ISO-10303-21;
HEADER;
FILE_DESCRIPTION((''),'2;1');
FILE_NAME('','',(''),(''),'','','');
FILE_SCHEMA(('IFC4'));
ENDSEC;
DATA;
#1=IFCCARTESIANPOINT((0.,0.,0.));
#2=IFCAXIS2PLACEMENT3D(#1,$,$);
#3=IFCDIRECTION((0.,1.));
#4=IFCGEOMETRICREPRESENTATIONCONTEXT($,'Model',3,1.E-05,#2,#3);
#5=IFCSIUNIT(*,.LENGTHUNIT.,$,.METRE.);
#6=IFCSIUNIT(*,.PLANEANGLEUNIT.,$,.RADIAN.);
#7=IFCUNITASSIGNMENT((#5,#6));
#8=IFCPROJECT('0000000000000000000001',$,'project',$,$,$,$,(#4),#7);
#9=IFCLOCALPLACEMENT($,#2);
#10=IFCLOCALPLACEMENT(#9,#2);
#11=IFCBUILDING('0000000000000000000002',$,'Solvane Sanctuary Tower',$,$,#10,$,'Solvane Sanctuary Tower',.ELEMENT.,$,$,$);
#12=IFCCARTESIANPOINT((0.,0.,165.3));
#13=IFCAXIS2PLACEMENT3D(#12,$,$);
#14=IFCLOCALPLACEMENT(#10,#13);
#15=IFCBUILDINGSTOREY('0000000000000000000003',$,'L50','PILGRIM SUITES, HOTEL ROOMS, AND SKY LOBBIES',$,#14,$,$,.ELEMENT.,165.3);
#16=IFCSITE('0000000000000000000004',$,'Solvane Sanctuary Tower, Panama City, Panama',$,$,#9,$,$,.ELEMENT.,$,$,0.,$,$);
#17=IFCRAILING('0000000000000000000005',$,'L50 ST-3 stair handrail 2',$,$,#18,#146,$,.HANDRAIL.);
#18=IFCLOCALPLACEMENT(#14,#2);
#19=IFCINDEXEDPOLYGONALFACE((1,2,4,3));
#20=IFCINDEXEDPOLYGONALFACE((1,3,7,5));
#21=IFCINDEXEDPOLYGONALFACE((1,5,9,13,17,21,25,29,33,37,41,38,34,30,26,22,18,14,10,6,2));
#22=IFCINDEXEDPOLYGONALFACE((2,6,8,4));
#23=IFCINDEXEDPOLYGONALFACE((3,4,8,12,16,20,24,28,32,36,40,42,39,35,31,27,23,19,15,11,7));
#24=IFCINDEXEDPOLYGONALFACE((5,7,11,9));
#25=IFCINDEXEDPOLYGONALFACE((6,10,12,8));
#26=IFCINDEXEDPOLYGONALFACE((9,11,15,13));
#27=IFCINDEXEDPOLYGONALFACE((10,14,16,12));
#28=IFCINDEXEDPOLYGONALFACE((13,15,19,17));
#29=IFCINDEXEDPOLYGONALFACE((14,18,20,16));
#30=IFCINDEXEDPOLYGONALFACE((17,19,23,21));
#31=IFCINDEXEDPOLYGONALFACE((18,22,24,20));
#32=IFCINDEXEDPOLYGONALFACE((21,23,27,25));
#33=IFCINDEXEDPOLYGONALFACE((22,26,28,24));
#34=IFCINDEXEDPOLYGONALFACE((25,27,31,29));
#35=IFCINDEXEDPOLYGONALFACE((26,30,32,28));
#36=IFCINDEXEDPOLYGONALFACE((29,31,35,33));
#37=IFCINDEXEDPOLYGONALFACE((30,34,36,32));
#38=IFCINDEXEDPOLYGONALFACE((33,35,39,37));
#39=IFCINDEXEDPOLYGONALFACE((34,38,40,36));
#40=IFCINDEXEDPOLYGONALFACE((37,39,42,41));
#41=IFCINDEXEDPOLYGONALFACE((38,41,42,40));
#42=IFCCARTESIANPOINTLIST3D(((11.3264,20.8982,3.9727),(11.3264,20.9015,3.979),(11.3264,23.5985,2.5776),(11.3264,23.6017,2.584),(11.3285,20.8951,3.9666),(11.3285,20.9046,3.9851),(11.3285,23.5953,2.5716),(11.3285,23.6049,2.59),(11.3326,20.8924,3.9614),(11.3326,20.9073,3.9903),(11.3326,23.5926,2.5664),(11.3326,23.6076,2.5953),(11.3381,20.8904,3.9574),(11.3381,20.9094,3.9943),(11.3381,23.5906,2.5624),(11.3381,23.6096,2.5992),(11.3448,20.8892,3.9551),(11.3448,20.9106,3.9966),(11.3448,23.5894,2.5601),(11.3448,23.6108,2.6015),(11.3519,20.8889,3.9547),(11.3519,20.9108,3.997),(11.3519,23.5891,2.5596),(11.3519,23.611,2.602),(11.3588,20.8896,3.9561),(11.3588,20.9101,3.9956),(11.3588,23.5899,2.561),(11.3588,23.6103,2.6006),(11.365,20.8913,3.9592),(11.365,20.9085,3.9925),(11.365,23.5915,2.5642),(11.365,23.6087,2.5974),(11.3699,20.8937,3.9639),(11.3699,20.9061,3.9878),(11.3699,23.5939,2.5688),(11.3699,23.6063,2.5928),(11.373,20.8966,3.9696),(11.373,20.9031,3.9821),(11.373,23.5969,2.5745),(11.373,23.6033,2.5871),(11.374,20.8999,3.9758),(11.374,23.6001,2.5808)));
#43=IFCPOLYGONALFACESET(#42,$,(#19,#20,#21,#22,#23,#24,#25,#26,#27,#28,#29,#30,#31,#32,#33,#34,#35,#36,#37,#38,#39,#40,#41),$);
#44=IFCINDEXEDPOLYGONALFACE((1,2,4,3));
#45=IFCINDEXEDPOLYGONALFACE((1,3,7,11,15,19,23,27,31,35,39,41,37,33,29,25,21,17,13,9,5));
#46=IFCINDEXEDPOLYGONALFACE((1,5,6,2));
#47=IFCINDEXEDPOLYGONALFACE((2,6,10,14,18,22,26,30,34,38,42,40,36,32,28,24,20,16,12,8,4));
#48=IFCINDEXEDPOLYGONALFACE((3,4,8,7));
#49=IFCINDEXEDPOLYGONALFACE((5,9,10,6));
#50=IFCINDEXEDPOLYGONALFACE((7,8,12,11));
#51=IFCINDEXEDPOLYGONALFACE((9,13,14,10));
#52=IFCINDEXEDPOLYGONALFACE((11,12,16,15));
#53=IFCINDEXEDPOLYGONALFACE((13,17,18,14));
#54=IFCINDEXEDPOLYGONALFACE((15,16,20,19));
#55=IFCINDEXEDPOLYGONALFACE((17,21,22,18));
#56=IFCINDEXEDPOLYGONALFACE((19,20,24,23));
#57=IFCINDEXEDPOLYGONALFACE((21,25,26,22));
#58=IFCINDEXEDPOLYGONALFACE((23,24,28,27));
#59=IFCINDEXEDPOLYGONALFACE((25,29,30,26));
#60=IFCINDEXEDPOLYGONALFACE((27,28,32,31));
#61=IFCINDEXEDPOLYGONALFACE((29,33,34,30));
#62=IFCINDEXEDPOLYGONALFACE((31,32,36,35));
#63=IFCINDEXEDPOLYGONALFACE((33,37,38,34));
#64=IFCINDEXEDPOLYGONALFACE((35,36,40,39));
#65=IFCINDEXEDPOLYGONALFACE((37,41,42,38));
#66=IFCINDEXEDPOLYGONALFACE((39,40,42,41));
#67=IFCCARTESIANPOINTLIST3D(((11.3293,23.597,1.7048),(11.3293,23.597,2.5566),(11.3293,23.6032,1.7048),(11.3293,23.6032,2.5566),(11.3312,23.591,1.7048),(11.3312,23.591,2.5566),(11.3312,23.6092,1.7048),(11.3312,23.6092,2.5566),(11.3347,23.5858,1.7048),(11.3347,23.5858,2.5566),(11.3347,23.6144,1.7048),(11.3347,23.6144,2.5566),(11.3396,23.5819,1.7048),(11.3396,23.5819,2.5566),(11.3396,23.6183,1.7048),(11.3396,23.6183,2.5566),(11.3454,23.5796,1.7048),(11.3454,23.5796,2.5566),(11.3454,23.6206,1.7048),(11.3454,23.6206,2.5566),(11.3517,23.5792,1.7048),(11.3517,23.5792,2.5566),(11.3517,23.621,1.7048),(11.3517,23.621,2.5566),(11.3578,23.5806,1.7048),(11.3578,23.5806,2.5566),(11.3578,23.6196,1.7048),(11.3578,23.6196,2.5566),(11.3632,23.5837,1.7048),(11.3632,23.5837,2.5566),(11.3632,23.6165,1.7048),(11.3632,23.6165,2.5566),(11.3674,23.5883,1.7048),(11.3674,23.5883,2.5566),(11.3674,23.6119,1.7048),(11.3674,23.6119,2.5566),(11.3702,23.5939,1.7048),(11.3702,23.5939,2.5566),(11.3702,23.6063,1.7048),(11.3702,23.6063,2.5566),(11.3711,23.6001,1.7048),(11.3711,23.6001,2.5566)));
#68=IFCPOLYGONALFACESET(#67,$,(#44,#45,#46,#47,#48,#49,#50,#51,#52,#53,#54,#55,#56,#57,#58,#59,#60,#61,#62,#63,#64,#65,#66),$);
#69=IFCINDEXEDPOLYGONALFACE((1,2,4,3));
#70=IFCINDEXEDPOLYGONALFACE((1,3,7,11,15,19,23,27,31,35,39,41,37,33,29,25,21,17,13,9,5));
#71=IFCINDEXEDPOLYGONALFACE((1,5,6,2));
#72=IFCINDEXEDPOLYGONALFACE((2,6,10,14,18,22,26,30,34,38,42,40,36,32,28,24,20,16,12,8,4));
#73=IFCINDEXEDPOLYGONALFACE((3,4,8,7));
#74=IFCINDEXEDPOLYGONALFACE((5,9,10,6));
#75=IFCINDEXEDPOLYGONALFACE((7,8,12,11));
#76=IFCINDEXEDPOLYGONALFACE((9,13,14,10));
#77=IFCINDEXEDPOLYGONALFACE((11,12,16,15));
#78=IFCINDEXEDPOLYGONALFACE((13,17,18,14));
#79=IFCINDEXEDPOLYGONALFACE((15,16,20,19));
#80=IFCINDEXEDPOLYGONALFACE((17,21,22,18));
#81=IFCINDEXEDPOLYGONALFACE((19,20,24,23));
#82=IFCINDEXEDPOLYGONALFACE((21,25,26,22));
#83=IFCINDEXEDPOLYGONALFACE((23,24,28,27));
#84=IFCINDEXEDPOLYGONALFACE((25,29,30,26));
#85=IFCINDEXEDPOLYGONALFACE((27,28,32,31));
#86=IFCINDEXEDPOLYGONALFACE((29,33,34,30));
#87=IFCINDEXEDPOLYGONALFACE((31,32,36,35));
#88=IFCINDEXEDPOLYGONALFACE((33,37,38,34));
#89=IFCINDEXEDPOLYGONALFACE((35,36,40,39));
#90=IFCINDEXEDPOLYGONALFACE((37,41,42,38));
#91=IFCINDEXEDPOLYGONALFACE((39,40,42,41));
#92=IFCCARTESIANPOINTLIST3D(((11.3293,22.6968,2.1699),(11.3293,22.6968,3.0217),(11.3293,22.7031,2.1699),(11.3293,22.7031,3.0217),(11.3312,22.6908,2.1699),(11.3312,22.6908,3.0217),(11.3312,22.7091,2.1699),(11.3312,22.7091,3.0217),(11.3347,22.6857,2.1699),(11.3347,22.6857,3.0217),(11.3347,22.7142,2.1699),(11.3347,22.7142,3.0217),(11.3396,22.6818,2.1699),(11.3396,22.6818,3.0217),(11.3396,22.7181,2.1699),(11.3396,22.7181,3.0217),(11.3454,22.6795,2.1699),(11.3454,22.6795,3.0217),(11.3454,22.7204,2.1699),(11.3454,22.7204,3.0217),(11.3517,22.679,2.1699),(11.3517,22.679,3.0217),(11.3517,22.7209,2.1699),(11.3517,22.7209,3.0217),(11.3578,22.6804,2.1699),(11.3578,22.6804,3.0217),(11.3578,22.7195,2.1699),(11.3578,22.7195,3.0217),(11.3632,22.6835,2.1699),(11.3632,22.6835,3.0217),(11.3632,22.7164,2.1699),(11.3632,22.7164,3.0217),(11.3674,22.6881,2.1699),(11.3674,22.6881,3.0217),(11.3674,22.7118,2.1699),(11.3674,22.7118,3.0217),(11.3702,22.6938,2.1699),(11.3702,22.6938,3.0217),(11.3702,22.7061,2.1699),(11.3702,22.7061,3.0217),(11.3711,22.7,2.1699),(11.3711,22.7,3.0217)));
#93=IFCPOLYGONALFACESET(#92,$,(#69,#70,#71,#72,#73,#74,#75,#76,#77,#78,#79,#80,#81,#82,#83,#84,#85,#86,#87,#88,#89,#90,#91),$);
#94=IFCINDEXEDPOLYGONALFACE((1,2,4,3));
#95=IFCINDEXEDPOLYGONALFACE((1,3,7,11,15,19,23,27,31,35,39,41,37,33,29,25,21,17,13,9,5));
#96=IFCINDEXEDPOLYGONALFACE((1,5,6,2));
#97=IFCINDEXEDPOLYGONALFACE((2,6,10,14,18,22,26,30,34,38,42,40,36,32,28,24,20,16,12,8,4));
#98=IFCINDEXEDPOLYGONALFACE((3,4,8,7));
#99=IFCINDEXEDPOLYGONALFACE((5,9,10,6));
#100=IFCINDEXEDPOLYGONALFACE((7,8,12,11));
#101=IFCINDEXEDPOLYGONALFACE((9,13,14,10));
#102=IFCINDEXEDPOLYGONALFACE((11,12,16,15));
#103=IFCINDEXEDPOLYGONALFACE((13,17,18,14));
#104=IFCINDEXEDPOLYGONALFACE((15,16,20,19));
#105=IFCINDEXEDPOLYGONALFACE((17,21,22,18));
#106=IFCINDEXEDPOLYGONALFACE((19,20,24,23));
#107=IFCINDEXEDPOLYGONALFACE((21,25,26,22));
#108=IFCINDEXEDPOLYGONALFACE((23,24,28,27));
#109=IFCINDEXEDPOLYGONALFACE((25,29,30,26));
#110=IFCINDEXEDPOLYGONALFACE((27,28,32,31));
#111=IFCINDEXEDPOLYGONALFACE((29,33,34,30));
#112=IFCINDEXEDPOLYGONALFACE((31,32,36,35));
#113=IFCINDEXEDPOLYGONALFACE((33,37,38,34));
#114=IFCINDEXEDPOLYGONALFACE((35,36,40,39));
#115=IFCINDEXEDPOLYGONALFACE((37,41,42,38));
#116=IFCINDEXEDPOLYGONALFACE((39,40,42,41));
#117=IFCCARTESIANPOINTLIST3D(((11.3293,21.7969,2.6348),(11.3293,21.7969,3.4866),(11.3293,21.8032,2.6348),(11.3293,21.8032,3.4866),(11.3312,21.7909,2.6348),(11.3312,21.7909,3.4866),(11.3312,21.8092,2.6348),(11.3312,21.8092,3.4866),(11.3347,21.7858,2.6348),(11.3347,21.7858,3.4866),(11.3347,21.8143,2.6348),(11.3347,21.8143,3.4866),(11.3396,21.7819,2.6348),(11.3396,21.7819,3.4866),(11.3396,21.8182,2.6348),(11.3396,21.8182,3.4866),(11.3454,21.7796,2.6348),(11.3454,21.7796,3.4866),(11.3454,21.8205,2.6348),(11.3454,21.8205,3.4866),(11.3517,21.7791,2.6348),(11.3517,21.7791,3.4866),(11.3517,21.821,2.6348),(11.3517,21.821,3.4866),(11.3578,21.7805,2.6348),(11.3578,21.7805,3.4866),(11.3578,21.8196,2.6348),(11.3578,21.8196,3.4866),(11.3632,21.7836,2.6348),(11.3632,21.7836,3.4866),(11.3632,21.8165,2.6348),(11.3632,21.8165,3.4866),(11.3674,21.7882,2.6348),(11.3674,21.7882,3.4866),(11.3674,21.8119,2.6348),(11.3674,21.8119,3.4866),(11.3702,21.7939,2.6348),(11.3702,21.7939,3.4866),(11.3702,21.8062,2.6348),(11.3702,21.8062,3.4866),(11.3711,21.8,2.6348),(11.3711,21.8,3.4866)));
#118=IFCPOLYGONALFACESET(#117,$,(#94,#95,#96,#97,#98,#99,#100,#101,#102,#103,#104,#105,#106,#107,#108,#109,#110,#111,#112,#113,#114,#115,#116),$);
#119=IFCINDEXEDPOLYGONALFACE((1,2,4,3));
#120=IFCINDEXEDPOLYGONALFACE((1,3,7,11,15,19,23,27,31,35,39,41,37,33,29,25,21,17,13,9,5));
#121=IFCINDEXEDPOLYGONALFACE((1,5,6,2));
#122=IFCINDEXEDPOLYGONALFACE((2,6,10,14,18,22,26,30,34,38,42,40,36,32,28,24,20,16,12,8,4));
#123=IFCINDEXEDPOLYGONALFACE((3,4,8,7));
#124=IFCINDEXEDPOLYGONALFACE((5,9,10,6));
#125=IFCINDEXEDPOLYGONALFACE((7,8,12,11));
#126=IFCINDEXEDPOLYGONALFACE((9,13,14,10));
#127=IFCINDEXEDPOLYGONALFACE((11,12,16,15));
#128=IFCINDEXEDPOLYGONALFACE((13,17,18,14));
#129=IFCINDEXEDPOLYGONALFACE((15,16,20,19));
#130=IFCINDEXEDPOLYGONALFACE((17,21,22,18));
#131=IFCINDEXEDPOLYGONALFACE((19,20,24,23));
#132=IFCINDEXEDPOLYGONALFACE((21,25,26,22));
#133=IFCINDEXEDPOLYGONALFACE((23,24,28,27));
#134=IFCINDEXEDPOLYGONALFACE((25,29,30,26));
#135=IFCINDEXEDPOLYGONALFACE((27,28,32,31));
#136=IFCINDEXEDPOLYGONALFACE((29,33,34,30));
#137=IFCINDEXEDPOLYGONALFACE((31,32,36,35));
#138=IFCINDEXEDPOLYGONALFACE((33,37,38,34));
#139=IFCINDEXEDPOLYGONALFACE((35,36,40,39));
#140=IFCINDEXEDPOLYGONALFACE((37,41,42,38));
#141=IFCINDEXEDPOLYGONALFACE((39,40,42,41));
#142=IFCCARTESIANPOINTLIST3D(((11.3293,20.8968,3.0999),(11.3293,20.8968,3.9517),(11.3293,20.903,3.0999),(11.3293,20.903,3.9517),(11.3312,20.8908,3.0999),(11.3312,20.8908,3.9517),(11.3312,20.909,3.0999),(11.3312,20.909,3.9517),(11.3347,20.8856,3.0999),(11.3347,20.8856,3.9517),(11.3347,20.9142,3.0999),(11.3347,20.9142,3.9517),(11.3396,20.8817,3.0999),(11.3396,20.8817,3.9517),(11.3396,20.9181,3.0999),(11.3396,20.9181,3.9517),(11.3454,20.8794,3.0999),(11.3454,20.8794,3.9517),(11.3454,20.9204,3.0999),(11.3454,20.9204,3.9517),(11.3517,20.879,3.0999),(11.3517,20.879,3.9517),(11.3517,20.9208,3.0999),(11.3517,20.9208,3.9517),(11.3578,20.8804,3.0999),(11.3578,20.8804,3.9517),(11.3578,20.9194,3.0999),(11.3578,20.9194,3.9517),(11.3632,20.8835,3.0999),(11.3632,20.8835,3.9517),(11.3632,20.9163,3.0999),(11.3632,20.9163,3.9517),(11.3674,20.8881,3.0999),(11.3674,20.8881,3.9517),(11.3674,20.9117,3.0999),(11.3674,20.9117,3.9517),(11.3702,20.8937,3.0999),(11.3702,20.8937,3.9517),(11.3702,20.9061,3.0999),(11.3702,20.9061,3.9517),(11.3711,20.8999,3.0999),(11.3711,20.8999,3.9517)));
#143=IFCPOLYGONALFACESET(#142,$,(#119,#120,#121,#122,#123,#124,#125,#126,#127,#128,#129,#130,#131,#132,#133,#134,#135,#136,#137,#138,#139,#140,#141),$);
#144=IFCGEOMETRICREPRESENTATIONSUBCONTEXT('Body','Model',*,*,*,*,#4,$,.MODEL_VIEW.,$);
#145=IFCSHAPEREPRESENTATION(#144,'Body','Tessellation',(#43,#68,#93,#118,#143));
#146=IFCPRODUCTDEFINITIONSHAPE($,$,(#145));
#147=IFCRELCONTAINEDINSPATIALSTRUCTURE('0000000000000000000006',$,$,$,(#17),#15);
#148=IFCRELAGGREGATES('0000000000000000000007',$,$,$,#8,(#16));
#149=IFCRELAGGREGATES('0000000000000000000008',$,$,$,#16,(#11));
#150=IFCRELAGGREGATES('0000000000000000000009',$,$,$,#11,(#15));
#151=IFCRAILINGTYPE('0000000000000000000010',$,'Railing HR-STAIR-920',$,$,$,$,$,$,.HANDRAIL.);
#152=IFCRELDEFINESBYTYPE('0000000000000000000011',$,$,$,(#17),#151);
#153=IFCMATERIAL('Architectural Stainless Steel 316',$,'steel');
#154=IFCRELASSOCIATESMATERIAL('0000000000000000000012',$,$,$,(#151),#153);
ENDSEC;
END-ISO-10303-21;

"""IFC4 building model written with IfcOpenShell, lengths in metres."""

from ifc_helpers import new_model, si_unit, direction, frame, origin, origin_2d, place, context, subcontext, project, spatial, circle, extrude, material, type_object, element, save


model = new_model("IFC4")

# Units and contexts
model_context = context("Model", 3, precision=1e-05, world=origin(), true_north=direction((0.0, 1.0)))
body_context = subcontext(model_context, "Body", "Model", "MODEL_VIEW")
ifc_project = project(units=[si_unit("LENGTHUNIT", "METRE"), si_unit("PLANEANGLEUNIT", "RADIAN")], contexts=[model_context])

# Site, building, storey
site_placement = place(None, origin())
site = spatial("IfcSite", under=ifc_project, at=site_placement, Name="Solvane Sanctuary Tower, Panama City, Panama", CompositionType="ELEMENT", RefElevation=0.0)
building_placement = place(site_placement, origin())
building = spatial("IfcBuilding", under=site, at=building_placement, Name="Solvane Sanctuary Tower", LongName="Solvane Sanctuary Tower", CompositionType="ELEMENT")
storey_placement = place(building_placement, frame((0.0, 0.0, 165.3)))
storey = spatial("IfcBuildingStorey", under=building, at=storey_placement, Name="L50", Description="PILGRIM SUITES, HOTEL ROOMS, AND SKY LOBBIES", CompositionType="ELEMENT", Elevation=165.3)

# Railing
ifc_material_1 = material(Name="Architectural Stainless Steel 316", Category="steel")
railing_type_1 = type_object("IfcRailingType", Name="Railing HR-STAIR-920", PredefinedType="HANDRAIL", material=ifc_material_1)
railing_1_placement = place(storey_placement, frame((11.3501, 23.6001, 1.7048)))
element("IfcRailing", 1, at=railing_1_placement, inside=storey, type_object=railing_type_1, Name="L50 ST-3 stair handrail 2", PredefinedType="HANDRAIL", context=body_context, shape_type="SweptSolid", body=[
    extrude(circle(Radius=0.0239, at=origin_2d()), frame((0.0, 0.0, 0.876), z_axis=(0.0, -0.888437, 0.458999), x_axis=(1.0, 0.0, 0.0)), (0.0, 0.0, 1.0), 3.0393),
    extrude(circle(Radius=0.021, at=origin_2d()), origin(), (0.0, 0.0, 1.0), 0.8518),
    extrude(circle(Radius=0.021, at=origin_2d()), frame((0.0, -0.9001, 0.4651)), (0.0, 0.0, 1.0), 0.8518),
    extrude(circle(Radius=0.021, at=origin_2d()), frame((0.0, -1.8, 0.9299)), (0.0, 0.0, 1.0), 0.8518),
    extrude(circle(Radius=0.021, at=origin_2d()), frame((0.0, -2.7002, 1.395)), (0.0, 0.0, 1.0), 0.8518),
])

save(model, "model.ifc")
